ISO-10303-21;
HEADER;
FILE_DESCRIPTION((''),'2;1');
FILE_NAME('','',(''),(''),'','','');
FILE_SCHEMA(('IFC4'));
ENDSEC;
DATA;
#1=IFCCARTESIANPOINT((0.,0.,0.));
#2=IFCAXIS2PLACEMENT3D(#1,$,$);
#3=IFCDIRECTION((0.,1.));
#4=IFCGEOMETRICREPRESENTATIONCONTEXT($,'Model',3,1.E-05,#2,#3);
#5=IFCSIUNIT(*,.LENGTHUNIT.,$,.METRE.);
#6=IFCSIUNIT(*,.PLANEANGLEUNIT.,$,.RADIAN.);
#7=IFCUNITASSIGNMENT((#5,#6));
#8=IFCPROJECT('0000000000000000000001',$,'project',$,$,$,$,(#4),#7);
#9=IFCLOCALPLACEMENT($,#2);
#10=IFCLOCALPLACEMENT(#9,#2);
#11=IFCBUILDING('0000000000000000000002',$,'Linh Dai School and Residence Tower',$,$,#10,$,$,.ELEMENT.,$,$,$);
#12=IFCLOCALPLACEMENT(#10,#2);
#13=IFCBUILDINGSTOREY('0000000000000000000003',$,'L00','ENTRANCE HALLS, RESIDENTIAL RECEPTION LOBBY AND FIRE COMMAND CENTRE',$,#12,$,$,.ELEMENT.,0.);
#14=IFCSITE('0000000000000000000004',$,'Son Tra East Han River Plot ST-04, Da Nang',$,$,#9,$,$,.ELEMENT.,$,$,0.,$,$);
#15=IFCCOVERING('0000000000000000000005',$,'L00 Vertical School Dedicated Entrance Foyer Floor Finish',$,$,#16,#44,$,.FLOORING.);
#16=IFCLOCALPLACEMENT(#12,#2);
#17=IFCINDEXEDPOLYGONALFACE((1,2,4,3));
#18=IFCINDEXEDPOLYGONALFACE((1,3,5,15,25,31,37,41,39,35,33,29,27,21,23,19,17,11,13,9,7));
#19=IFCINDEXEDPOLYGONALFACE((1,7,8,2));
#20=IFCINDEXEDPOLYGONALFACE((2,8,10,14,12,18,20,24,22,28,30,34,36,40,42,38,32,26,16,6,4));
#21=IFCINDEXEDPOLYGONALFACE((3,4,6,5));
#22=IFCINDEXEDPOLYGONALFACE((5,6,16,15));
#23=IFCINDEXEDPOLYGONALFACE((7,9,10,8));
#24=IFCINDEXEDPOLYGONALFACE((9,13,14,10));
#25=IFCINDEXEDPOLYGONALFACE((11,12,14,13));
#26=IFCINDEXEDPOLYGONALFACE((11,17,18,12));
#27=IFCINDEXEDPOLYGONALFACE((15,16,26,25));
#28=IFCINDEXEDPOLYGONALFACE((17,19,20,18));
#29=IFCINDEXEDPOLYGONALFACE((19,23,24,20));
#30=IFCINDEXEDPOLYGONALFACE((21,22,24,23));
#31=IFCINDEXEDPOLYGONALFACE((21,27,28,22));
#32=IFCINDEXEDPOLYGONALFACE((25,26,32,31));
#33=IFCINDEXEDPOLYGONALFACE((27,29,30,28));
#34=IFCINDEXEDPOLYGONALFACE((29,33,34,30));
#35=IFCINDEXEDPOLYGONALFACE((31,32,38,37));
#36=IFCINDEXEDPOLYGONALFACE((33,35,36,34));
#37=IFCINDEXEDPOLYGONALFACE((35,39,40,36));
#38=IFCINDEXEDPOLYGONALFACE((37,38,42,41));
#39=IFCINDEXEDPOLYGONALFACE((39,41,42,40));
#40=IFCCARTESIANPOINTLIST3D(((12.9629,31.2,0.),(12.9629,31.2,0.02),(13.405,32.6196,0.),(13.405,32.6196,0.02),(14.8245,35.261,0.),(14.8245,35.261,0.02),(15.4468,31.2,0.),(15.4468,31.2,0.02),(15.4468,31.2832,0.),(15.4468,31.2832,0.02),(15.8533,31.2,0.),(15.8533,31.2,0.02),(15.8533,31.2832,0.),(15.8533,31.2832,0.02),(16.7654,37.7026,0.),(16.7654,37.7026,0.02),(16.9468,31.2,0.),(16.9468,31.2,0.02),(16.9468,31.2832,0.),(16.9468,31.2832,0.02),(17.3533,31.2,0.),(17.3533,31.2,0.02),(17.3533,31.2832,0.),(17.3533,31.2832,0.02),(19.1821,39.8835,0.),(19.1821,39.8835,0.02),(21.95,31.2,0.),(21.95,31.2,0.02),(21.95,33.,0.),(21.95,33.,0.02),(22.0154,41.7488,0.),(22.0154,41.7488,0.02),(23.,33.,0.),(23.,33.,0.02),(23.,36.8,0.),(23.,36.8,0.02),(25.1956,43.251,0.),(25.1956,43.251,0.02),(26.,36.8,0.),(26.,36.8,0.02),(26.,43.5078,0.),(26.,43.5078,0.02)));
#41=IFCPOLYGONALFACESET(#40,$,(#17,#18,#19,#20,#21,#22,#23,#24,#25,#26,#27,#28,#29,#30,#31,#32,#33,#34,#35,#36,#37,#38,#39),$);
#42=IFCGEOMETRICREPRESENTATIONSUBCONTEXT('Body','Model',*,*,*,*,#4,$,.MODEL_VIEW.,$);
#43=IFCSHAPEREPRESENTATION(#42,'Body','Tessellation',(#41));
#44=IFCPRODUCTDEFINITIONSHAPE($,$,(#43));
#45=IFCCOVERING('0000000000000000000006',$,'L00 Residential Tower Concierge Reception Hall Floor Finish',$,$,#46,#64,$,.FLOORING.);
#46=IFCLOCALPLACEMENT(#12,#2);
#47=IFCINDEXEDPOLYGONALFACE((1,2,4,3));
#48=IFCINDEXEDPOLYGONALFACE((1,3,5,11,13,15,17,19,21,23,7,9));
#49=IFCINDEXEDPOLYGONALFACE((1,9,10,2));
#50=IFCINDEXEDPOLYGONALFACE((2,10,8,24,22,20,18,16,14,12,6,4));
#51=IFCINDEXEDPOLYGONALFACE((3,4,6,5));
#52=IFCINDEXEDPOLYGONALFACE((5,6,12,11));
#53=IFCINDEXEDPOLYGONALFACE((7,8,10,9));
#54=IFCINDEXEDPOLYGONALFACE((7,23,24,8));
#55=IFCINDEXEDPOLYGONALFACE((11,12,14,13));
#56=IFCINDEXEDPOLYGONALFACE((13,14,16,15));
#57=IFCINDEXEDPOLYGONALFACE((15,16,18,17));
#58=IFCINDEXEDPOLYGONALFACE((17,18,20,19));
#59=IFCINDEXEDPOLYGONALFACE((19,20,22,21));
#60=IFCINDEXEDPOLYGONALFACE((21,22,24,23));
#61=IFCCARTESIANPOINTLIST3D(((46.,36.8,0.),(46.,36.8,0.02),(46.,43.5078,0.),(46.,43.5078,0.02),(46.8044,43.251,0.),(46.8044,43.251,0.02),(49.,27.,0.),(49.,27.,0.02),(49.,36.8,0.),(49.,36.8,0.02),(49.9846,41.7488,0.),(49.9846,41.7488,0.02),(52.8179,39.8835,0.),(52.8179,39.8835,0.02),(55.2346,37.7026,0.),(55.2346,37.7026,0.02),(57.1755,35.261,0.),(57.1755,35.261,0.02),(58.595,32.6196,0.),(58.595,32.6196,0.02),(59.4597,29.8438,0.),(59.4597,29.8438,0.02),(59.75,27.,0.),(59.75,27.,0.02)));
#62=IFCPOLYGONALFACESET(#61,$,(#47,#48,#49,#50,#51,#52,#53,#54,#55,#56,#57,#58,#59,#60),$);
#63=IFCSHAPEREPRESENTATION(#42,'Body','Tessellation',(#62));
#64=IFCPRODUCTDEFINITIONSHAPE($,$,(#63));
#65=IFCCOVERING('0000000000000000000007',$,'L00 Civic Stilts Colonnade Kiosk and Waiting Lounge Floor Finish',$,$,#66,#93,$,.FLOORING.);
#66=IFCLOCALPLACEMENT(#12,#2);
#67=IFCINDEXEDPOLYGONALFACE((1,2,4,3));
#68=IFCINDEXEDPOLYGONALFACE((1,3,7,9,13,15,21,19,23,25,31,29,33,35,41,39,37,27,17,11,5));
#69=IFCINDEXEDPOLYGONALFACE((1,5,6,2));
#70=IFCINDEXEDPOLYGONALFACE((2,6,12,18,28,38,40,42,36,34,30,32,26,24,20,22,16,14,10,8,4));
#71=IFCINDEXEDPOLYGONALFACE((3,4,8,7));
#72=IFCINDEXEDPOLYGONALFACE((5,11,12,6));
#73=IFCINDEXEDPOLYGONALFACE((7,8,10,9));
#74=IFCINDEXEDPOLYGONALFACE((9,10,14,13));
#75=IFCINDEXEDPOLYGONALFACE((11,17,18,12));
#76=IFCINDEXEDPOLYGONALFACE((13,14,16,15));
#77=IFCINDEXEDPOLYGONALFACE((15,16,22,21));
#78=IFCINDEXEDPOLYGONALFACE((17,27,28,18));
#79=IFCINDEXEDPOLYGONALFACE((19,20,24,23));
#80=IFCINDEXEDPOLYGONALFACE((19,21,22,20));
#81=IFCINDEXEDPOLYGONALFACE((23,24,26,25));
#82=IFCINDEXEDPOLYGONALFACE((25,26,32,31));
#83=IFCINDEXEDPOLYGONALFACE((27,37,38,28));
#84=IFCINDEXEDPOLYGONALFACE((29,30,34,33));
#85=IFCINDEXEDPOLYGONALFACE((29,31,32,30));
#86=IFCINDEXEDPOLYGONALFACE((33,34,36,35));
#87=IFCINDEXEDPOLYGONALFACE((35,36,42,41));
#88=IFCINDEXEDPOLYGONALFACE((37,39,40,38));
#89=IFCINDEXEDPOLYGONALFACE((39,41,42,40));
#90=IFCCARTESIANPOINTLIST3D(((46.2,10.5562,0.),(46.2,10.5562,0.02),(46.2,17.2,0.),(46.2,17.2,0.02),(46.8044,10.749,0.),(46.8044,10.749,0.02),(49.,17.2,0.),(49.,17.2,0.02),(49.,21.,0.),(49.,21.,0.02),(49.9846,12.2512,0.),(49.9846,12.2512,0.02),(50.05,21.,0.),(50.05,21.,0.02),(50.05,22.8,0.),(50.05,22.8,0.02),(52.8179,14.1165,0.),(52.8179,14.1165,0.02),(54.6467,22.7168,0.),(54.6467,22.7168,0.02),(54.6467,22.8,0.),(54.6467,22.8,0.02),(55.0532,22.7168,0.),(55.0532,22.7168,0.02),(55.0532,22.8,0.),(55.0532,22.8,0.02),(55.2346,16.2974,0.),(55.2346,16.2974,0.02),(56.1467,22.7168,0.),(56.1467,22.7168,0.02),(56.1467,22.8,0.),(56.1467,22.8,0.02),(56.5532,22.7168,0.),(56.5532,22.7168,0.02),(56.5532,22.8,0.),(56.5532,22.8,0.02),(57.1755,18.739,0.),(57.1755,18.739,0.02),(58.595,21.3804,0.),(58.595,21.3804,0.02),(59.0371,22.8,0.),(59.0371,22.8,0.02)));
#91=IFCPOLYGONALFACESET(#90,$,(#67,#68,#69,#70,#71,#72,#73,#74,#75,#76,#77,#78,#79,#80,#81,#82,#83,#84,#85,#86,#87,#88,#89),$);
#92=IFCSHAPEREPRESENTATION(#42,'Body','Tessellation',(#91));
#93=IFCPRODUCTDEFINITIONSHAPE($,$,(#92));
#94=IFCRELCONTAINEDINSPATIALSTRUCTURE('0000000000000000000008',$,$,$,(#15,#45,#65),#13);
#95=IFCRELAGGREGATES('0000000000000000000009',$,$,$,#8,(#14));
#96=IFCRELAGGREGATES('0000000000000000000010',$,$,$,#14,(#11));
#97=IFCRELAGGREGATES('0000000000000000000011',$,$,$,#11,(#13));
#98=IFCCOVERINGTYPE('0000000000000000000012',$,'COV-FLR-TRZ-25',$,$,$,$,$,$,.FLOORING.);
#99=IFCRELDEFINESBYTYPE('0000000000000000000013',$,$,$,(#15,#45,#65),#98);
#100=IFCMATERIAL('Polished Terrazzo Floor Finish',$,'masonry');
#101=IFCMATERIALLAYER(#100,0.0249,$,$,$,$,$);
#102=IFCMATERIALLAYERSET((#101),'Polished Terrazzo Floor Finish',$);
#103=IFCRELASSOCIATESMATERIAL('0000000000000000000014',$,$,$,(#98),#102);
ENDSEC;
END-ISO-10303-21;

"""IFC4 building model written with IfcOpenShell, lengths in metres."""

from ifc_helpers import new_model, si_unit, direction, origin, place, context, subcontext, project, spatial, polyline, outline, extrude, material, layer, layer_set, type_object, element, save


model = new_model("IFC4")

# Units and contexts
model_context = context("Model", 3, precision=1e-05, world=origin(), true_north=direction((0.0, 1.0)))
body_context = subcontext(model_context, "Body", "Model", "MODEL_VIEW")
ifc_project = project(units=[si_unit("LENGTHUNIT", "METRE"), si_unit("PLANEANGLEUNIT", "RADIAN")], contexts=[model_context])

# Site, building, storey
site_placement = place(None, origin())
site = spatial("IfcSite", under=ifc_project, at=site_placement, Name="Son Tra East Han River Plot ST-04, Da Nang", CompositionType="ELEMENT", RefElevation=0.0)
building_placement = place(site_placement, origin())
building = spatial("IfcBuilding", under=site, at=building_placement, Name="Linh Dai School and Residence Tower", CompositionType="ELEMENT")
storey_placement = place(building_placement, origin())
storey = spatial("IfcBuildingStorey", under=building, at=storey_placement, Name="L00", Description="ENTRANCE HALLS, RESIDENTIAL RECEPTION LOBBY AND FIRE COMMAND CENTRE", CompositionType="ELEMENT", Elevation=0.0)

# Coverings
ifc_material_1 = material(Name="Polished Terrazzo Floor Finish", Category="masonry")
ifc_layer_1 = layer(ifc_material_1, 0.0249)
ifc_layer_set_1 = layer_set([ifc_layer_1], Name="Polished Terrazzo Floor Finish")
covering_type_1 = type_object("IfcCoveringType", Name="COV-FLR-TRZ-25", PredefinedType="FLOORING", material=ifc_layer_set_1)
covering_1_placement = place(storey_placement, origin())
element("IfcCovering", 1, at=covering_1_placement, inside=storey, type_object=covering_type_1, Name="L00 Vertical School Dedicated Entrance Foyer Floor Finish", PredefinedType="FLOORING", context=body_context, shape_type="SweptSolid", body=[
    extrude(outline(polyline([(13.405, 32.6196), (14.8245, 35.261), (16.7654, 37.7026), (19.1821, 39.8835), (22.0154, 41.7488), (25.1956, 43.251), (26.0, 43.5078), (26.0, 36.8), (23.0, 36.8), (23.0, 33.0), (21.95, 33.0), (21.95, 31.2), (17.3533, 31.2), (17.3533, 31.2832), (16.9468, 31.2832), (16.9468, 31.2), (15.8533, 31.2), (15.8533, 31.2832), (15.4468, 31.2832), (15.4468, 31.2), (12.9629, 31.2), (13.405, 32.6196)])), origin(), (0.0, 0.0, 1.0), 0.02),
])
covering_2_placement = place(storey_placement, origin())
element("IfcCovering", 2, at=covering_2_placement, inside=storey, type_object=covering_type_1, Name="L00 Residential Tower Concierge Reception Hall Floor Finish", PredefinedType="FLOORING", context=body_context, shape_type="SweptSolid", body=[
    extrude(outline(polyline([(49.9846, 41.7488), (52.8179, 39.8835), (55.2346, 37.7026), (57.1755, 35.261), (58.595, 32.6196), (59.4597, 29.8438), (59.75, 27.0), (49.0, 27.0), (49.0, 36.8), (46.0, 36.8), (46.0, 43.5078), (46.8044, 43.251), (49.9846, 41.7488)])), origin(), (0.0, 0.0, 1.0), 0.02),
])
covering_3_placement = place(storey_placement, origin())
element("IfcCovering", 3, at=covering_3_placement, inside=storey, type_object=covering_type_1, Name="L00 Civic Stilts Colonnade Kiosk and Waiting Lounge Floor Finish", PredefinedType="FLOORING", context=body_context, shape_type="SweptSolid", body=[
    extrude(outline(polyline([(52.8179, 14.1165), (49.9846, 12.2512), (46.8044, 10.749), (46.2, 10.5562), (46.2, 17.2), (49.0, 17.2), (49.0, 21.0), (50.05, 21.0), (50.05, 22.8), (54.6467, 22.8), (54.6467, 22.7168), (55.0532, 22.7168), (55.0532, 22.8), (56.1467, 22.8), (56.1467, 22.7168), (56.5532, 22.7168), (56.5532, 22.8), (59.0371, 22.8), (58.595, 21.3804), (57.1755, 18.739), (55.2346, 16.2974), (52.8179, 14.1165)])), origin(), (0.0, 0.0, 1.0), 0.02),
])

save(model, "model.ifc")
